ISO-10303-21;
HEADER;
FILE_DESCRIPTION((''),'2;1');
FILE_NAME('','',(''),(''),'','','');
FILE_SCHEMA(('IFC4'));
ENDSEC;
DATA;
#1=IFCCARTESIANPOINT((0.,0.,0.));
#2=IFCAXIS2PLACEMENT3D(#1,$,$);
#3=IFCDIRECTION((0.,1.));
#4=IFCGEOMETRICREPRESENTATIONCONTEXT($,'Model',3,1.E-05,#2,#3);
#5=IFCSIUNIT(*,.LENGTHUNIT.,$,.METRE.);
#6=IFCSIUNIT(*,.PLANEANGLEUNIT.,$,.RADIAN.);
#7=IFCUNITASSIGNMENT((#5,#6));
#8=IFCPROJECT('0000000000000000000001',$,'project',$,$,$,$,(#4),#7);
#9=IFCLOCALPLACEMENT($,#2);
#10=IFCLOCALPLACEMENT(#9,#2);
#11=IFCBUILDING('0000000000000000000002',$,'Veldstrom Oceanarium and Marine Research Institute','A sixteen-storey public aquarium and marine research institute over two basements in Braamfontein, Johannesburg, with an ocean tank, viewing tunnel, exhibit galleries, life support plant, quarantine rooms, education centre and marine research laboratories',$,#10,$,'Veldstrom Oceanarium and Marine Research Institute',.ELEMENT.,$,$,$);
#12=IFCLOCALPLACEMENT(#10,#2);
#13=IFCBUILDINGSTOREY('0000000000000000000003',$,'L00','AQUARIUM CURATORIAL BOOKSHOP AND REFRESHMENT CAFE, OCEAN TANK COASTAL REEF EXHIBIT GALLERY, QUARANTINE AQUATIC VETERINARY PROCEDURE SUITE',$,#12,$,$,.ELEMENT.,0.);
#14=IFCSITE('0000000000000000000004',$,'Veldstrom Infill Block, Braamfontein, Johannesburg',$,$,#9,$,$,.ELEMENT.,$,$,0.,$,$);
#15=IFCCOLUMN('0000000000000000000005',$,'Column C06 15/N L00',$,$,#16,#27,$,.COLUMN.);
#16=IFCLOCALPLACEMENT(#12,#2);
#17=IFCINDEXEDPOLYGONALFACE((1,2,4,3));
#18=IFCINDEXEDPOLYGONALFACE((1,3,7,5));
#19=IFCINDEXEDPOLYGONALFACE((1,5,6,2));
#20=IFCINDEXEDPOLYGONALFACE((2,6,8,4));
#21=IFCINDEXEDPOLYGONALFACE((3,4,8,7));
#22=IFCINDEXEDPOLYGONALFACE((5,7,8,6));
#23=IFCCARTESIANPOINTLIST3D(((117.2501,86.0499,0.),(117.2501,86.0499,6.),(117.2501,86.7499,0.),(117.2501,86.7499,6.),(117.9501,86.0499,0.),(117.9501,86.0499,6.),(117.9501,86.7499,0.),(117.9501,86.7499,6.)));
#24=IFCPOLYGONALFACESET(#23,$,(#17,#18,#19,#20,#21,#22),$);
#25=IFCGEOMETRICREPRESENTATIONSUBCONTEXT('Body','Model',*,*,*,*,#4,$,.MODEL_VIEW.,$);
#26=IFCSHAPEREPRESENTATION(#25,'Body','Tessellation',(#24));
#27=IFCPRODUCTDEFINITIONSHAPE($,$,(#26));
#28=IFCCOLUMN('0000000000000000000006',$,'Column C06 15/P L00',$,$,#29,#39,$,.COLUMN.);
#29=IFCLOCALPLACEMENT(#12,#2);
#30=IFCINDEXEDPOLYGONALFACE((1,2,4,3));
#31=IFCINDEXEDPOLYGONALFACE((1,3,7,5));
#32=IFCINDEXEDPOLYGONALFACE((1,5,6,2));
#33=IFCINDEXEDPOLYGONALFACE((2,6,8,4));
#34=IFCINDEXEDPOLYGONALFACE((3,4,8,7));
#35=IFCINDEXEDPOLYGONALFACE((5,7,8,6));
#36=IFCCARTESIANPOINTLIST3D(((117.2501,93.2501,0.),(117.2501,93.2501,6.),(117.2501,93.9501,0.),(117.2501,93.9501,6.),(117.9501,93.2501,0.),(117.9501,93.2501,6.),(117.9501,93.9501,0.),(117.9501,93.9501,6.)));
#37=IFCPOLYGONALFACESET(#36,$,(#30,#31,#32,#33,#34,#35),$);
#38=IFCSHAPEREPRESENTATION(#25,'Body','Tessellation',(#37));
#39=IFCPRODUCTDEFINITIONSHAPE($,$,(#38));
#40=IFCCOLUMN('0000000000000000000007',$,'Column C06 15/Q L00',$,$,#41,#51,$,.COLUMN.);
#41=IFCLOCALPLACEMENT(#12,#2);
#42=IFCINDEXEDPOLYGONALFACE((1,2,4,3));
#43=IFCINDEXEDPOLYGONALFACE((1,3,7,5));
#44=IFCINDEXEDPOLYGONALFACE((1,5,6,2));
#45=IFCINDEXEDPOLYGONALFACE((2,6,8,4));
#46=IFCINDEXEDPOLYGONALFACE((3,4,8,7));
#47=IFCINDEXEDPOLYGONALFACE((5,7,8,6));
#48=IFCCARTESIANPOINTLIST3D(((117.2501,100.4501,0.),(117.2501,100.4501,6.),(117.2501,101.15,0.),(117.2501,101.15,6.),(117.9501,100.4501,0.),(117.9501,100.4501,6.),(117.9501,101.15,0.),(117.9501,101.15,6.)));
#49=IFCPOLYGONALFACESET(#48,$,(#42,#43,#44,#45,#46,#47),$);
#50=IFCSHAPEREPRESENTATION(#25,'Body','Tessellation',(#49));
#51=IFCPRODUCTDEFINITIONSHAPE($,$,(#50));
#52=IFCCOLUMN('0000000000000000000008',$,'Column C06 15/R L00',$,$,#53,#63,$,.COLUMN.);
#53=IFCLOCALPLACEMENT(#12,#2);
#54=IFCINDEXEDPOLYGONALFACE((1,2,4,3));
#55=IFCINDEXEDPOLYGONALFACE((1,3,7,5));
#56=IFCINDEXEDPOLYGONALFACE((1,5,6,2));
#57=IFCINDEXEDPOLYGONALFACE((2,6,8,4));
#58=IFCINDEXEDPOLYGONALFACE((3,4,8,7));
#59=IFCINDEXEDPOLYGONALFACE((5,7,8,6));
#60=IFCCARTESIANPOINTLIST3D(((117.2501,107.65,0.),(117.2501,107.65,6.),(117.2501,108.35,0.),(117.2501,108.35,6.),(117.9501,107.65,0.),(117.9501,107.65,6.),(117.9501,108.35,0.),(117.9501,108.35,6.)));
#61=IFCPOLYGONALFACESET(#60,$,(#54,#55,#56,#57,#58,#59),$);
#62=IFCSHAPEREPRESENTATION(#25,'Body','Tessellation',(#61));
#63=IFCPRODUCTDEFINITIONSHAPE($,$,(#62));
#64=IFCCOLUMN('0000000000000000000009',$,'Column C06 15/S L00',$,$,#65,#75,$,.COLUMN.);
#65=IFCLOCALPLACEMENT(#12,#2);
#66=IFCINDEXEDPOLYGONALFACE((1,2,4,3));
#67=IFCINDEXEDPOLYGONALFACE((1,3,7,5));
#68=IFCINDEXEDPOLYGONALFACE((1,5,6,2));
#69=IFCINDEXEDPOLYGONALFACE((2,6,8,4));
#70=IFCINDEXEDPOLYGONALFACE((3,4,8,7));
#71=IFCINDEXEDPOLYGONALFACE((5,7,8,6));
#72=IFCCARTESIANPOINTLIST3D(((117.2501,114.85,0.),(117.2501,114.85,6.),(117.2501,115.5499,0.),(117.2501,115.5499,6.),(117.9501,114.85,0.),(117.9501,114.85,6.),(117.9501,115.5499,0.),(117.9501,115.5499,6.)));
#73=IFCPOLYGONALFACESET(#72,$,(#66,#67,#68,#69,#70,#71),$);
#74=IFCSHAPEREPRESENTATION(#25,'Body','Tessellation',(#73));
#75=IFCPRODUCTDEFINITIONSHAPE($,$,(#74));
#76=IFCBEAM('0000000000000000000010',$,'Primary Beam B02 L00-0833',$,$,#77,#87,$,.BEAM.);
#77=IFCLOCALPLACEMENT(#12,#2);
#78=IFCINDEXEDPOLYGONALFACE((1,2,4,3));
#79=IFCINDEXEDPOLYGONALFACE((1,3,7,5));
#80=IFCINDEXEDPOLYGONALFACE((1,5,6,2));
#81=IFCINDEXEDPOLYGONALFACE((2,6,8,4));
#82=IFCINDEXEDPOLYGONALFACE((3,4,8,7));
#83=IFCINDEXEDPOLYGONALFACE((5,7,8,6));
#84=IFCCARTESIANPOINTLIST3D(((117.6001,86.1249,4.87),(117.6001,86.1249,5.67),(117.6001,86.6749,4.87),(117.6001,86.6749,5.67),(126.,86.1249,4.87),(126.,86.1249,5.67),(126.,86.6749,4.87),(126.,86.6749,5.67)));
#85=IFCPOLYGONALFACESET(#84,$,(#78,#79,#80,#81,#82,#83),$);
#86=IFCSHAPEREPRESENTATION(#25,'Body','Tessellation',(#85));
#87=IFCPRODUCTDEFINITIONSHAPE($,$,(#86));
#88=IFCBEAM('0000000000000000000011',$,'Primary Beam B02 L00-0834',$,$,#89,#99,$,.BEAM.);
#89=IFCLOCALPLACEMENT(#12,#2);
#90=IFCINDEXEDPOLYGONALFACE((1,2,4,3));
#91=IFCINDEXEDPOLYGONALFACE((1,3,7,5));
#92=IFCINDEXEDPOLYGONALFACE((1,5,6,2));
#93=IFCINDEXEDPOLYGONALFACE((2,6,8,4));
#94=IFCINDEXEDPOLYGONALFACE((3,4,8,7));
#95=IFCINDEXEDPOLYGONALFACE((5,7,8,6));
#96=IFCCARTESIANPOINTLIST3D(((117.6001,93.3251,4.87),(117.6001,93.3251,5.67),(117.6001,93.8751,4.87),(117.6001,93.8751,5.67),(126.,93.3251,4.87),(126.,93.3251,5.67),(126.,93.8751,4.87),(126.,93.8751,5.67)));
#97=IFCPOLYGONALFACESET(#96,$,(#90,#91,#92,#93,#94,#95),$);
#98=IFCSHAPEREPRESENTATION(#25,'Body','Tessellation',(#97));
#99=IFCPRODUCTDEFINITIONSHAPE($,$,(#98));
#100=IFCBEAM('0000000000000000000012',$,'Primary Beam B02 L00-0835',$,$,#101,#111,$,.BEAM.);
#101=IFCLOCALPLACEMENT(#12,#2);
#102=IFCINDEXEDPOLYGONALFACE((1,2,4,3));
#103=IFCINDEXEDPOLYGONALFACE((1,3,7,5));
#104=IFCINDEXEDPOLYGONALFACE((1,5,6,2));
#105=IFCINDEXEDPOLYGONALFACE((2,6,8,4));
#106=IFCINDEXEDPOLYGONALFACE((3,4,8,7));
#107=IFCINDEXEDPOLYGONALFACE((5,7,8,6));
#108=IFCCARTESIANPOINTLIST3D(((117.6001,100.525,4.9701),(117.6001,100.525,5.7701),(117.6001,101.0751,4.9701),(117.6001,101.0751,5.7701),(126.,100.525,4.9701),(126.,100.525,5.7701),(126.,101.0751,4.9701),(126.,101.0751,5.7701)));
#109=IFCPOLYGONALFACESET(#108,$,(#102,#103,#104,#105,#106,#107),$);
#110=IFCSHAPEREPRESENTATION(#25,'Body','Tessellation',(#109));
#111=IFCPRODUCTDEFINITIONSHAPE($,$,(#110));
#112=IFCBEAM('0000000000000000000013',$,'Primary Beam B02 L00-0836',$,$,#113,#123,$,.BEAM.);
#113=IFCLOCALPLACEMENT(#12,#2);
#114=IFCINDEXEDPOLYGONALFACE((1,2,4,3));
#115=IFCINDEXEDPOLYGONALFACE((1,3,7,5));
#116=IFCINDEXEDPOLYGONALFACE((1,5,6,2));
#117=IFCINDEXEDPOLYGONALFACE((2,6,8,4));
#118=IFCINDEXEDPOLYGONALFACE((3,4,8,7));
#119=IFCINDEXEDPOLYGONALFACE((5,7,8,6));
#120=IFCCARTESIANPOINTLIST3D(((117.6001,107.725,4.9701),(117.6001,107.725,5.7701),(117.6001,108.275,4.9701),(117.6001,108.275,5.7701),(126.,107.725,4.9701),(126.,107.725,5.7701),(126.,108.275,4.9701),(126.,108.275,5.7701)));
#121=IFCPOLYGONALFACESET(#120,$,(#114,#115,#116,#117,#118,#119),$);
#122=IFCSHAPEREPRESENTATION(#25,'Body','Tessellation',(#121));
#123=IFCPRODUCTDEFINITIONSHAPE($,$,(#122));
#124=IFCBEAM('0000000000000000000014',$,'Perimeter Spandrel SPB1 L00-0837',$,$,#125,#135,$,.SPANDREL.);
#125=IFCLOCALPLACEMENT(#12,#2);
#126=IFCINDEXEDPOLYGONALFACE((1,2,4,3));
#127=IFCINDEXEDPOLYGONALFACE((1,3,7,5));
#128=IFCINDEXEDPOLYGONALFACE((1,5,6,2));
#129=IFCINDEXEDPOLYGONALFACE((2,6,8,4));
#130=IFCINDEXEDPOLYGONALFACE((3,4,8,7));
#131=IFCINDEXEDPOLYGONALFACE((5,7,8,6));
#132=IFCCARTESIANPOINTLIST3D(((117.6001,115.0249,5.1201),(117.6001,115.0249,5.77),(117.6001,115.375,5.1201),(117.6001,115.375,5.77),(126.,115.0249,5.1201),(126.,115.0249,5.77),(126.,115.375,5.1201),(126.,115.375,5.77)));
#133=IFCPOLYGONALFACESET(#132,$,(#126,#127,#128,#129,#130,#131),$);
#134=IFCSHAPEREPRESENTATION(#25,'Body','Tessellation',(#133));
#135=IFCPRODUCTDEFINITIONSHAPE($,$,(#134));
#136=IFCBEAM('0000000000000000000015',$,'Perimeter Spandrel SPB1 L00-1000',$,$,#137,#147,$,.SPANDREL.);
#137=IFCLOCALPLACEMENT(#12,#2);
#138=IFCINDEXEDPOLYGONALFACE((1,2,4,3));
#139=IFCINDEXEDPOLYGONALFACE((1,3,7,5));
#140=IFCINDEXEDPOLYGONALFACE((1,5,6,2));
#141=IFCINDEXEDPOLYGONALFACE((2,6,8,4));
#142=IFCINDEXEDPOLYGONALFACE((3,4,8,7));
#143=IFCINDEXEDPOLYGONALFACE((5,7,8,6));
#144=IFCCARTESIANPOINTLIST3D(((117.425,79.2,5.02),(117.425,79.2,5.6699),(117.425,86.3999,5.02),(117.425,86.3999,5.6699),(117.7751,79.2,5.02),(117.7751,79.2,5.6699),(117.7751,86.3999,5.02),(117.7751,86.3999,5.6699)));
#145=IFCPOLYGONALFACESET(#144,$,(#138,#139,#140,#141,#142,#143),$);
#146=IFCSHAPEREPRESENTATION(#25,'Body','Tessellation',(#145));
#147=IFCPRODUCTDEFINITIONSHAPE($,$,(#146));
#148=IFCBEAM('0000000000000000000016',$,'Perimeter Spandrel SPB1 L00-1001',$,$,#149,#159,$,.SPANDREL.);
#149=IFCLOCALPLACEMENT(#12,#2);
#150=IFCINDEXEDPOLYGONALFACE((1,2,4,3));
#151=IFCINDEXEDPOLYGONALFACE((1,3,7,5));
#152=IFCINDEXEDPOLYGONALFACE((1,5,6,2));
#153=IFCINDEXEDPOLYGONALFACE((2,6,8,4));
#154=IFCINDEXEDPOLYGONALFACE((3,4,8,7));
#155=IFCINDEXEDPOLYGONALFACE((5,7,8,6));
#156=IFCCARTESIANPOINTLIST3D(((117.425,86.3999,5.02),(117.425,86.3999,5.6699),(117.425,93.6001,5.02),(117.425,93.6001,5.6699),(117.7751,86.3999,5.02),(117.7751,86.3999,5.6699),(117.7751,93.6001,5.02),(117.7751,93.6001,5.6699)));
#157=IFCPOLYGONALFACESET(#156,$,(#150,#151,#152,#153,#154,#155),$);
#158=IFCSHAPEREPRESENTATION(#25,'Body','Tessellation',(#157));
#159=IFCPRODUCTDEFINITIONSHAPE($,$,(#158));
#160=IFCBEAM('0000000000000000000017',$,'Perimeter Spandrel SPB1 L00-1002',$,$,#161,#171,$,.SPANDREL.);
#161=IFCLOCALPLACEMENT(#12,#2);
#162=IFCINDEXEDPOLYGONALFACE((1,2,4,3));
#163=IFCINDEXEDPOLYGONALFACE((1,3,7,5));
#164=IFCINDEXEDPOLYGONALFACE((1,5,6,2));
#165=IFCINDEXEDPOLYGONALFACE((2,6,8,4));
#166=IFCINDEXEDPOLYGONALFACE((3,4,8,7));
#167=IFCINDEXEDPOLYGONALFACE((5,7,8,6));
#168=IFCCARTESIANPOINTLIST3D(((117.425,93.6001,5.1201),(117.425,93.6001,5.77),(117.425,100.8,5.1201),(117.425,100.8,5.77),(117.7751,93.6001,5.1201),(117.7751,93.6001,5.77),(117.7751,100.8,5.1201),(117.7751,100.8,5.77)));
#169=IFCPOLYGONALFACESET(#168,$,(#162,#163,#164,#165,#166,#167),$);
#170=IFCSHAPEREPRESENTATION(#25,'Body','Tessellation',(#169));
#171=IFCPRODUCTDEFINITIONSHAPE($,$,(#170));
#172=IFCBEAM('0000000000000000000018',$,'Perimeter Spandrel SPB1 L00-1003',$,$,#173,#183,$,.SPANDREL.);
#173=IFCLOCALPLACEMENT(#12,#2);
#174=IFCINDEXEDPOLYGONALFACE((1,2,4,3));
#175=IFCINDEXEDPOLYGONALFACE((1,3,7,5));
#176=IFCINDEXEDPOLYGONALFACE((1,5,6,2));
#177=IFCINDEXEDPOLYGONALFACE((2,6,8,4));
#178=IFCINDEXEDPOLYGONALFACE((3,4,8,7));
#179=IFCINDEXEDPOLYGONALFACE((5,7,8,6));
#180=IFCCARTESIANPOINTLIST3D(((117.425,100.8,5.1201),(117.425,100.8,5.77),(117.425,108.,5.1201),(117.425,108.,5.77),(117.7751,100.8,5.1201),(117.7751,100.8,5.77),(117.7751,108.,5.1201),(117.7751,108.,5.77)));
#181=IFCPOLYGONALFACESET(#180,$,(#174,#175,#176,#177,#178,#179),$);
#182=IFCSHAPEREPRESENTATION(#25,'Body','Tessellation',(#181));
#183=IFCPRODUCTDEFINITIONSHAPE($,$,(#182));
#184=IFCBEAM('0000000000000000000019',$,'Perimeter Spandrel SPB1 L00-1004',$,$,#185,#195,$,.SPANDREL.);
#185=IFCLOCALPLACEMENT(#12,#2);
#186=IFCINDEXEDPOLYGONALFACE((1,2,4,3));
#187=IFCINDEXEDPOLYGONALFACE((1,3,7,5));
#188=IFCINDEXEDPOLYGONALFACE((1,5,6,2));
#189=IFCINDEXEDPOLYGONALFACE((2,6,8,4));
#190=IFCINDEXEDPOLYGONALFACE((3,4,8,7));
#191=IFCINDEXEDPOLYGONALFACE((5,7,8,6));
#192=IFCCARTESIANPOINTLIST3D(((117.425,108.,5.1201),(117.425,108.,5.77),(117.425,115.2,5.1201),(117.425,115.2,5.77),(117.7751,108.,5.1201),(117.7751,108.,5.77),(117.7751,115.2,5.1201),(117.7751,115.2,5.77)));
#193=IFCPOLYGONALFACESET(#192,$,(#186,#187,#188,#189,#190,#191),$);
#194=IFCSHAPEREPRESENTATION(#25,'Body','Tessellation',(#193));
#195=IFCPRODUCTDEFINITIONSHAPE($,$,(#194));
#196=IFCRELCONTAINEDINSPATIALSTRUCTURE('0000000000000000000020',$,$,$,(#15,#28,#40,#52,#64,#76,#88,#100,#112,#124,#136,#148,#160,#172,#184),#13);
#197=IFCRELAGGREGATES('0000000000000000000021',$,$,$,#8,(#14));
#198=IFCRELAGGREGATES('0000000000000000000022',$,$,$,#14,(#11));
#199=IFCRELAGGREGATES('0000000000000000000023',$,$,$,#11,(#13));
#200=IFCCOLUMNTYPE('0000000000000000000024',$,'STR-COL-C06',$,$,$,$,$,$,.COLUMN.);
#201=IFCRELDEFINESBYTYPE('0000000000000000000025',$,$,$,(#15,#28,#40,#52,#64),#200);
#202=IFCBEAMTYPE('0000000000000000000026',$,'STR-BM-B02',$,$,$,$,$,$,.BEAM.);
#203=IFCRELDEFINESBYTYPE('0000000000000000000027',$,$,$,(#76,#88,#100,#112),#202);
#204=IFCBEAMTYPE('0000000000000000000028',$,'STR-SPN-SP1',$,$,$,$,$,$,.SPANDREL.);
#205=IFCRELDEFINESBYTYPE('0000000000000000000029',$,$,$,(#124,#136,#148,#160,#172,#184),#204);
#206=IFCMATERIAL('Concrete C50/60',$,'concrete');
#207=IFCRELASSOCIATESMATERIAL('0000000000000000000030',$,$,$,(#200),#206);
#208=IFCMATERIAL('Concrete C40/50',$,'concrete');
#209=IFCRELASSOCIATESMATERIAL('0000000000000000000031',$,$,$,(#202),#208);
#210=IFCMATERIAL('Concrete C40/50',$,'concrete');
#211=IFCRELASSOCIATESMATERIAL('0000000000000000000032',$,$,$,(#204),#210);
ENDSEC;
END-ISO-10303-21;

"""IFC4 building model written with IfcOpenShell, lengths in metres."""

from ifc_helpers import new_model, si_unit, direction, frame, origin, origin_2d, place, context, subcontext, project, spatial, rectangle, extrude, material, material_profile, profile_set, type_object, element, save


model = new_model("IFC4")

# Units and contexts
model_context = context("Model", 3, precision=1e-05, world=origin(), true_north=direction((0.0, 1.0)))
body_context = subcontext(model_context, "Body", "Model", "MODEL_VIEW")
ifc_project = project(units=[si_unit("LENGTHUNIT", "METRE"), si_unit("PLANEANGLEUNIT", "RADIAN")], contexts=[model_context])

# Site, building, storey
site_placement = place(None, origin())
site = spatial("IfcSite", under=ifc_project, at=site_placement, Name="Veldstrom Infill Block, Braamfontein, Johannesburg", CompositionType="ELEMENT", RefElevation=0.0)
building_placement = place(site_placement, origin())
building = spatial("IfcBuilding", under=site, at=building_placement, Name="Veldstrom Oceanarium and Marine Research Institute", Description="A sixteen-storey public aquarium and marine research institute over two basements in Braamfontein, Johannesburg, with an ocean tank, viewing tunnel, exhibit galleries, life support plant, quarantine rooms, education centre and marine research laboratories", LongName="Veldstrom Oceanarium and Marine Research Institute", CompositionType="ELEMENT")
storey_placement = place(building_placement, origin())
storey = spatial("IfcBuildingStorey", under=building, at=storey_placement, Name="L00", Description="AQUARIUM CURATORIAL BOOKSHOP AND REFRESHMENT CAFE, OCEAN TANK COASTAL REEF EXHIBIT GALLERY, QUARANTINE AQUATIC VETERINARY PROCEDURE SUITE", CompositionType="ELEMENT", Elevation=0.0)

# Columns
ifc_material_1 = material(Name="Concrete C50/60", Category="concrete")
ifc_material_profile_1 = material_profile(ifc_material_1, rectangle(XDim=0.7, YDim=0.7, at=origin_2d()), Name="RC-COL-700x700")
ifc_profile_set_1 = profile_set([ifc_material_profile_1], Name="Concrete C50/60")
column_type = type_object("IfcColumnType", Name="STR-COL-C06", PredefinedType="COLUMN", material=ifc_profile_set_1)
for number, where, z_axis, x_axis, name in (
    (1, (117.6001, 86.3999, 0.0), (0.0, 0.0, 1.0), (1.0, 0.0, 0.0), "Column C06 15/N L00"),
    (2, (117.6001, 93.6001, 0.0), (0.0, 0.0, 1.0), (1.0, 0.0, 0.0), "Column C06 15/P L00"),
    (3, (117.6001, 100.8, 0.0), (0.0, 0.0, 1.0), (1.0, 0.0, 0.0), "Column C06 15/Q L00"),
    (4, (117.6001, 108.0, 0.0), (0.0, 0.0, 1.0), (1.0, 0.0, 0.0), "Column C06 15/R L00"),
    (5, (117.6001, 115.2, 0.0), (0.0, 0.0, 1.0), (1.0, 0.0, 0.0), "Column C06 15/S L00"),
):
    element("IfcColumn", number, at=place(storey_placement, frame(where, z_axis=z_axis, x_axis=x_axis)), inside=storey, type_object=column_type, Name=name, PredefinedType="COLUMN", context=body_context, shape_type="SweptSolid", body=[
        extrude(rectangle(XDim=0.7, YDim=0.7, at=origin_2d()), origin(), (0.0, 0.0, 1.0), 6.0),
    ])

# Beams
ifc_material_2 = material(Name="Concrete C40/50", Category="concrete")
ifc_material_profile_2 = material_profile(ifc_material_2, rectangle(XDim=0.55, YDim=0.8, at=origin_2d()), Name="RC-BM-550x800")
ifc_profile_set_2 = profile_set([ifc_material_profile_2], Name="Concrete C40/50")
beam_type_1 = type_object("IfcBeamType", Name="STR-BM-B02", PredefinedType="BEAM", material=ifc_profile_set_2)
for number, where, z_axis, x_axis, name in (
    (6, (117.6001, 86.3999, 5.27), (1.0, 0.0, 0.0), (0.0, 1.0, 0.0), "Primary Beam B02 L00-0833"),
    (7, (117.6001, 93.6001, 5.27), (1.0, 0.0, 0.0), (0.0, 1.0, 0.0), "Primary Beam B02 L00-0834"),
    (8, (117.6001, 100.8, 5.3701), (1.0, 0.0, 0.0), (0.0, 1.0, 0.0), "Primary Beam B02 L00-0835"),
    (9, (117.6001, 108.0, 5.3701), (1.0, 0.0, 0.0), (0.0, 1.0, 0.0), "Primary Beam B02 L00-0836"),
):
    element("IfcBeam", number, at=place(storey_placement, frame(where, z_axis=z_axis, x_axis=x_axis)), inside=storey, type_object=beam_type_1, Name=name, PredefinedType="BEAM", context=body_context, shape_type="SweptSolid", body=[
        extrude(rectangle(XDim=0.55, YDim=0.8, at=origin_2d()), origin(), (0.0, 0.0, 1.0), 8.3999),
    ])
ifc_material_3 = material(Name="Concrete C40/50", Category="concrete")
ifc_material_profile_3 = material_profile(ifc_material_3, rectangle(XDim=0.3501, YDim=0.6499, at=origin_2d()), Name="RC-SPN-350x650")
ifc_profile_set_3 = profile_set([ifc_material_profile_3], Name="Concrete C40/50")
beam_type_2 = type_object("IfcBeamType", Name="STR-SPN-SP1", PredefinedType="SPANDREL", material=ifc_profile_set_3)
beam_1_placement = place(storey_placement, frame((117.6001, 115.2, 5.4451), z_axis=(1.0, 0.0, 0.0), x_axis=(0.0, 1.0, 0.0)))
element("IfcBeam", 10, at=beam_1_placement, inside=storey, type_object=beam_type_2, Name="Perimeter Spandrel SPB1 L00-0837", PredefinedType="SPANDREL", context=body_context, shape_type="SweptSolid", body=[
    extrude(rectangle(XDim=0.3501, YDim=0.6499, at=origin_2d()), origin(), (0.0, 0.0, 1.0), 8.3999),
])
beam_2_placement = place(storey_placement, frame((117.6001, 79.2, 5.345), z_axis=(0.0, 1.0, 0.0), x_axis=(-1.0, 0.0, 0.0)))
element("IfcBeam", 11, at=beam_2_placement, inside=storey, type_object=beam_type_2, Name="Perimeter Spandrel SPB1 L00-1000", PredefinedType="SPANDREL", context=body_context, shape_type="SweptSolid", body=[
    extrude(rectangle(XDim=0.3501, YDim=0.6499, at=origin_2d()), origin(), (0.0, 0.0, 1.0), 7.2),
])
beam_3_placement = place(storey_placement, frame((117.6001, 86.3999, 5.345), z_axis=(0.0, 1.0, 0.0), x_axis=(-1.0, 0.0, 0.0)))
element("IfcBeam", 12, at=beam_3_placement, inside=storey, type_object=beam_type_2, Name="Perimeter Spandrel SPB1 L00-1001", PredefinedType="SPANDREL", context=body_context, shape_type="SweptSolid", body=[
    extrude(rectangle(XDim=0.3501, YDim=0.6499, at=origin_2d()), origin(), (0.0, 0.0, 1.0), 7.2002),
])
for number, where, z_axis, x_axis, name in (
    (13, (117.6001, 93.6001, 5.4451), (0.0, 1.0, 0.0), (-1.0, 0.0, 0.0), "Perimeter Spandrel SPB1 L00-1002"),
    (14, (117.6001, 100.8, 5.4451), (0.0, 1.0, 0.0), (-1.0, 0.0, 0.0), "Perimeter Spandrel SPB1 L00-1003"),
    (15, (117.6001, 108.0, 5.4451), (0.0, 1.0, 0.0), (-1.0, 0.0, 0.0), "Perimeter Spandrel SPB1 L00-1004"),
):
    element("IfcBeam", number, at=place(storey_placement, frame(where, z_axis=z_axis, x_axis=x_axis)), inside=storey, type_object=beam_type_2, Name=name, PredefinedType="SPANDREL", context=body_context, shape_type="SweptSolid", body=[
        extrude(rectangle(XDim=0.3501, YDim=0.6499, at=origin_2d()), origin(), (0.0, 0.0, 1.0), 7.2),
    ])

save(model, "model.ifc")
